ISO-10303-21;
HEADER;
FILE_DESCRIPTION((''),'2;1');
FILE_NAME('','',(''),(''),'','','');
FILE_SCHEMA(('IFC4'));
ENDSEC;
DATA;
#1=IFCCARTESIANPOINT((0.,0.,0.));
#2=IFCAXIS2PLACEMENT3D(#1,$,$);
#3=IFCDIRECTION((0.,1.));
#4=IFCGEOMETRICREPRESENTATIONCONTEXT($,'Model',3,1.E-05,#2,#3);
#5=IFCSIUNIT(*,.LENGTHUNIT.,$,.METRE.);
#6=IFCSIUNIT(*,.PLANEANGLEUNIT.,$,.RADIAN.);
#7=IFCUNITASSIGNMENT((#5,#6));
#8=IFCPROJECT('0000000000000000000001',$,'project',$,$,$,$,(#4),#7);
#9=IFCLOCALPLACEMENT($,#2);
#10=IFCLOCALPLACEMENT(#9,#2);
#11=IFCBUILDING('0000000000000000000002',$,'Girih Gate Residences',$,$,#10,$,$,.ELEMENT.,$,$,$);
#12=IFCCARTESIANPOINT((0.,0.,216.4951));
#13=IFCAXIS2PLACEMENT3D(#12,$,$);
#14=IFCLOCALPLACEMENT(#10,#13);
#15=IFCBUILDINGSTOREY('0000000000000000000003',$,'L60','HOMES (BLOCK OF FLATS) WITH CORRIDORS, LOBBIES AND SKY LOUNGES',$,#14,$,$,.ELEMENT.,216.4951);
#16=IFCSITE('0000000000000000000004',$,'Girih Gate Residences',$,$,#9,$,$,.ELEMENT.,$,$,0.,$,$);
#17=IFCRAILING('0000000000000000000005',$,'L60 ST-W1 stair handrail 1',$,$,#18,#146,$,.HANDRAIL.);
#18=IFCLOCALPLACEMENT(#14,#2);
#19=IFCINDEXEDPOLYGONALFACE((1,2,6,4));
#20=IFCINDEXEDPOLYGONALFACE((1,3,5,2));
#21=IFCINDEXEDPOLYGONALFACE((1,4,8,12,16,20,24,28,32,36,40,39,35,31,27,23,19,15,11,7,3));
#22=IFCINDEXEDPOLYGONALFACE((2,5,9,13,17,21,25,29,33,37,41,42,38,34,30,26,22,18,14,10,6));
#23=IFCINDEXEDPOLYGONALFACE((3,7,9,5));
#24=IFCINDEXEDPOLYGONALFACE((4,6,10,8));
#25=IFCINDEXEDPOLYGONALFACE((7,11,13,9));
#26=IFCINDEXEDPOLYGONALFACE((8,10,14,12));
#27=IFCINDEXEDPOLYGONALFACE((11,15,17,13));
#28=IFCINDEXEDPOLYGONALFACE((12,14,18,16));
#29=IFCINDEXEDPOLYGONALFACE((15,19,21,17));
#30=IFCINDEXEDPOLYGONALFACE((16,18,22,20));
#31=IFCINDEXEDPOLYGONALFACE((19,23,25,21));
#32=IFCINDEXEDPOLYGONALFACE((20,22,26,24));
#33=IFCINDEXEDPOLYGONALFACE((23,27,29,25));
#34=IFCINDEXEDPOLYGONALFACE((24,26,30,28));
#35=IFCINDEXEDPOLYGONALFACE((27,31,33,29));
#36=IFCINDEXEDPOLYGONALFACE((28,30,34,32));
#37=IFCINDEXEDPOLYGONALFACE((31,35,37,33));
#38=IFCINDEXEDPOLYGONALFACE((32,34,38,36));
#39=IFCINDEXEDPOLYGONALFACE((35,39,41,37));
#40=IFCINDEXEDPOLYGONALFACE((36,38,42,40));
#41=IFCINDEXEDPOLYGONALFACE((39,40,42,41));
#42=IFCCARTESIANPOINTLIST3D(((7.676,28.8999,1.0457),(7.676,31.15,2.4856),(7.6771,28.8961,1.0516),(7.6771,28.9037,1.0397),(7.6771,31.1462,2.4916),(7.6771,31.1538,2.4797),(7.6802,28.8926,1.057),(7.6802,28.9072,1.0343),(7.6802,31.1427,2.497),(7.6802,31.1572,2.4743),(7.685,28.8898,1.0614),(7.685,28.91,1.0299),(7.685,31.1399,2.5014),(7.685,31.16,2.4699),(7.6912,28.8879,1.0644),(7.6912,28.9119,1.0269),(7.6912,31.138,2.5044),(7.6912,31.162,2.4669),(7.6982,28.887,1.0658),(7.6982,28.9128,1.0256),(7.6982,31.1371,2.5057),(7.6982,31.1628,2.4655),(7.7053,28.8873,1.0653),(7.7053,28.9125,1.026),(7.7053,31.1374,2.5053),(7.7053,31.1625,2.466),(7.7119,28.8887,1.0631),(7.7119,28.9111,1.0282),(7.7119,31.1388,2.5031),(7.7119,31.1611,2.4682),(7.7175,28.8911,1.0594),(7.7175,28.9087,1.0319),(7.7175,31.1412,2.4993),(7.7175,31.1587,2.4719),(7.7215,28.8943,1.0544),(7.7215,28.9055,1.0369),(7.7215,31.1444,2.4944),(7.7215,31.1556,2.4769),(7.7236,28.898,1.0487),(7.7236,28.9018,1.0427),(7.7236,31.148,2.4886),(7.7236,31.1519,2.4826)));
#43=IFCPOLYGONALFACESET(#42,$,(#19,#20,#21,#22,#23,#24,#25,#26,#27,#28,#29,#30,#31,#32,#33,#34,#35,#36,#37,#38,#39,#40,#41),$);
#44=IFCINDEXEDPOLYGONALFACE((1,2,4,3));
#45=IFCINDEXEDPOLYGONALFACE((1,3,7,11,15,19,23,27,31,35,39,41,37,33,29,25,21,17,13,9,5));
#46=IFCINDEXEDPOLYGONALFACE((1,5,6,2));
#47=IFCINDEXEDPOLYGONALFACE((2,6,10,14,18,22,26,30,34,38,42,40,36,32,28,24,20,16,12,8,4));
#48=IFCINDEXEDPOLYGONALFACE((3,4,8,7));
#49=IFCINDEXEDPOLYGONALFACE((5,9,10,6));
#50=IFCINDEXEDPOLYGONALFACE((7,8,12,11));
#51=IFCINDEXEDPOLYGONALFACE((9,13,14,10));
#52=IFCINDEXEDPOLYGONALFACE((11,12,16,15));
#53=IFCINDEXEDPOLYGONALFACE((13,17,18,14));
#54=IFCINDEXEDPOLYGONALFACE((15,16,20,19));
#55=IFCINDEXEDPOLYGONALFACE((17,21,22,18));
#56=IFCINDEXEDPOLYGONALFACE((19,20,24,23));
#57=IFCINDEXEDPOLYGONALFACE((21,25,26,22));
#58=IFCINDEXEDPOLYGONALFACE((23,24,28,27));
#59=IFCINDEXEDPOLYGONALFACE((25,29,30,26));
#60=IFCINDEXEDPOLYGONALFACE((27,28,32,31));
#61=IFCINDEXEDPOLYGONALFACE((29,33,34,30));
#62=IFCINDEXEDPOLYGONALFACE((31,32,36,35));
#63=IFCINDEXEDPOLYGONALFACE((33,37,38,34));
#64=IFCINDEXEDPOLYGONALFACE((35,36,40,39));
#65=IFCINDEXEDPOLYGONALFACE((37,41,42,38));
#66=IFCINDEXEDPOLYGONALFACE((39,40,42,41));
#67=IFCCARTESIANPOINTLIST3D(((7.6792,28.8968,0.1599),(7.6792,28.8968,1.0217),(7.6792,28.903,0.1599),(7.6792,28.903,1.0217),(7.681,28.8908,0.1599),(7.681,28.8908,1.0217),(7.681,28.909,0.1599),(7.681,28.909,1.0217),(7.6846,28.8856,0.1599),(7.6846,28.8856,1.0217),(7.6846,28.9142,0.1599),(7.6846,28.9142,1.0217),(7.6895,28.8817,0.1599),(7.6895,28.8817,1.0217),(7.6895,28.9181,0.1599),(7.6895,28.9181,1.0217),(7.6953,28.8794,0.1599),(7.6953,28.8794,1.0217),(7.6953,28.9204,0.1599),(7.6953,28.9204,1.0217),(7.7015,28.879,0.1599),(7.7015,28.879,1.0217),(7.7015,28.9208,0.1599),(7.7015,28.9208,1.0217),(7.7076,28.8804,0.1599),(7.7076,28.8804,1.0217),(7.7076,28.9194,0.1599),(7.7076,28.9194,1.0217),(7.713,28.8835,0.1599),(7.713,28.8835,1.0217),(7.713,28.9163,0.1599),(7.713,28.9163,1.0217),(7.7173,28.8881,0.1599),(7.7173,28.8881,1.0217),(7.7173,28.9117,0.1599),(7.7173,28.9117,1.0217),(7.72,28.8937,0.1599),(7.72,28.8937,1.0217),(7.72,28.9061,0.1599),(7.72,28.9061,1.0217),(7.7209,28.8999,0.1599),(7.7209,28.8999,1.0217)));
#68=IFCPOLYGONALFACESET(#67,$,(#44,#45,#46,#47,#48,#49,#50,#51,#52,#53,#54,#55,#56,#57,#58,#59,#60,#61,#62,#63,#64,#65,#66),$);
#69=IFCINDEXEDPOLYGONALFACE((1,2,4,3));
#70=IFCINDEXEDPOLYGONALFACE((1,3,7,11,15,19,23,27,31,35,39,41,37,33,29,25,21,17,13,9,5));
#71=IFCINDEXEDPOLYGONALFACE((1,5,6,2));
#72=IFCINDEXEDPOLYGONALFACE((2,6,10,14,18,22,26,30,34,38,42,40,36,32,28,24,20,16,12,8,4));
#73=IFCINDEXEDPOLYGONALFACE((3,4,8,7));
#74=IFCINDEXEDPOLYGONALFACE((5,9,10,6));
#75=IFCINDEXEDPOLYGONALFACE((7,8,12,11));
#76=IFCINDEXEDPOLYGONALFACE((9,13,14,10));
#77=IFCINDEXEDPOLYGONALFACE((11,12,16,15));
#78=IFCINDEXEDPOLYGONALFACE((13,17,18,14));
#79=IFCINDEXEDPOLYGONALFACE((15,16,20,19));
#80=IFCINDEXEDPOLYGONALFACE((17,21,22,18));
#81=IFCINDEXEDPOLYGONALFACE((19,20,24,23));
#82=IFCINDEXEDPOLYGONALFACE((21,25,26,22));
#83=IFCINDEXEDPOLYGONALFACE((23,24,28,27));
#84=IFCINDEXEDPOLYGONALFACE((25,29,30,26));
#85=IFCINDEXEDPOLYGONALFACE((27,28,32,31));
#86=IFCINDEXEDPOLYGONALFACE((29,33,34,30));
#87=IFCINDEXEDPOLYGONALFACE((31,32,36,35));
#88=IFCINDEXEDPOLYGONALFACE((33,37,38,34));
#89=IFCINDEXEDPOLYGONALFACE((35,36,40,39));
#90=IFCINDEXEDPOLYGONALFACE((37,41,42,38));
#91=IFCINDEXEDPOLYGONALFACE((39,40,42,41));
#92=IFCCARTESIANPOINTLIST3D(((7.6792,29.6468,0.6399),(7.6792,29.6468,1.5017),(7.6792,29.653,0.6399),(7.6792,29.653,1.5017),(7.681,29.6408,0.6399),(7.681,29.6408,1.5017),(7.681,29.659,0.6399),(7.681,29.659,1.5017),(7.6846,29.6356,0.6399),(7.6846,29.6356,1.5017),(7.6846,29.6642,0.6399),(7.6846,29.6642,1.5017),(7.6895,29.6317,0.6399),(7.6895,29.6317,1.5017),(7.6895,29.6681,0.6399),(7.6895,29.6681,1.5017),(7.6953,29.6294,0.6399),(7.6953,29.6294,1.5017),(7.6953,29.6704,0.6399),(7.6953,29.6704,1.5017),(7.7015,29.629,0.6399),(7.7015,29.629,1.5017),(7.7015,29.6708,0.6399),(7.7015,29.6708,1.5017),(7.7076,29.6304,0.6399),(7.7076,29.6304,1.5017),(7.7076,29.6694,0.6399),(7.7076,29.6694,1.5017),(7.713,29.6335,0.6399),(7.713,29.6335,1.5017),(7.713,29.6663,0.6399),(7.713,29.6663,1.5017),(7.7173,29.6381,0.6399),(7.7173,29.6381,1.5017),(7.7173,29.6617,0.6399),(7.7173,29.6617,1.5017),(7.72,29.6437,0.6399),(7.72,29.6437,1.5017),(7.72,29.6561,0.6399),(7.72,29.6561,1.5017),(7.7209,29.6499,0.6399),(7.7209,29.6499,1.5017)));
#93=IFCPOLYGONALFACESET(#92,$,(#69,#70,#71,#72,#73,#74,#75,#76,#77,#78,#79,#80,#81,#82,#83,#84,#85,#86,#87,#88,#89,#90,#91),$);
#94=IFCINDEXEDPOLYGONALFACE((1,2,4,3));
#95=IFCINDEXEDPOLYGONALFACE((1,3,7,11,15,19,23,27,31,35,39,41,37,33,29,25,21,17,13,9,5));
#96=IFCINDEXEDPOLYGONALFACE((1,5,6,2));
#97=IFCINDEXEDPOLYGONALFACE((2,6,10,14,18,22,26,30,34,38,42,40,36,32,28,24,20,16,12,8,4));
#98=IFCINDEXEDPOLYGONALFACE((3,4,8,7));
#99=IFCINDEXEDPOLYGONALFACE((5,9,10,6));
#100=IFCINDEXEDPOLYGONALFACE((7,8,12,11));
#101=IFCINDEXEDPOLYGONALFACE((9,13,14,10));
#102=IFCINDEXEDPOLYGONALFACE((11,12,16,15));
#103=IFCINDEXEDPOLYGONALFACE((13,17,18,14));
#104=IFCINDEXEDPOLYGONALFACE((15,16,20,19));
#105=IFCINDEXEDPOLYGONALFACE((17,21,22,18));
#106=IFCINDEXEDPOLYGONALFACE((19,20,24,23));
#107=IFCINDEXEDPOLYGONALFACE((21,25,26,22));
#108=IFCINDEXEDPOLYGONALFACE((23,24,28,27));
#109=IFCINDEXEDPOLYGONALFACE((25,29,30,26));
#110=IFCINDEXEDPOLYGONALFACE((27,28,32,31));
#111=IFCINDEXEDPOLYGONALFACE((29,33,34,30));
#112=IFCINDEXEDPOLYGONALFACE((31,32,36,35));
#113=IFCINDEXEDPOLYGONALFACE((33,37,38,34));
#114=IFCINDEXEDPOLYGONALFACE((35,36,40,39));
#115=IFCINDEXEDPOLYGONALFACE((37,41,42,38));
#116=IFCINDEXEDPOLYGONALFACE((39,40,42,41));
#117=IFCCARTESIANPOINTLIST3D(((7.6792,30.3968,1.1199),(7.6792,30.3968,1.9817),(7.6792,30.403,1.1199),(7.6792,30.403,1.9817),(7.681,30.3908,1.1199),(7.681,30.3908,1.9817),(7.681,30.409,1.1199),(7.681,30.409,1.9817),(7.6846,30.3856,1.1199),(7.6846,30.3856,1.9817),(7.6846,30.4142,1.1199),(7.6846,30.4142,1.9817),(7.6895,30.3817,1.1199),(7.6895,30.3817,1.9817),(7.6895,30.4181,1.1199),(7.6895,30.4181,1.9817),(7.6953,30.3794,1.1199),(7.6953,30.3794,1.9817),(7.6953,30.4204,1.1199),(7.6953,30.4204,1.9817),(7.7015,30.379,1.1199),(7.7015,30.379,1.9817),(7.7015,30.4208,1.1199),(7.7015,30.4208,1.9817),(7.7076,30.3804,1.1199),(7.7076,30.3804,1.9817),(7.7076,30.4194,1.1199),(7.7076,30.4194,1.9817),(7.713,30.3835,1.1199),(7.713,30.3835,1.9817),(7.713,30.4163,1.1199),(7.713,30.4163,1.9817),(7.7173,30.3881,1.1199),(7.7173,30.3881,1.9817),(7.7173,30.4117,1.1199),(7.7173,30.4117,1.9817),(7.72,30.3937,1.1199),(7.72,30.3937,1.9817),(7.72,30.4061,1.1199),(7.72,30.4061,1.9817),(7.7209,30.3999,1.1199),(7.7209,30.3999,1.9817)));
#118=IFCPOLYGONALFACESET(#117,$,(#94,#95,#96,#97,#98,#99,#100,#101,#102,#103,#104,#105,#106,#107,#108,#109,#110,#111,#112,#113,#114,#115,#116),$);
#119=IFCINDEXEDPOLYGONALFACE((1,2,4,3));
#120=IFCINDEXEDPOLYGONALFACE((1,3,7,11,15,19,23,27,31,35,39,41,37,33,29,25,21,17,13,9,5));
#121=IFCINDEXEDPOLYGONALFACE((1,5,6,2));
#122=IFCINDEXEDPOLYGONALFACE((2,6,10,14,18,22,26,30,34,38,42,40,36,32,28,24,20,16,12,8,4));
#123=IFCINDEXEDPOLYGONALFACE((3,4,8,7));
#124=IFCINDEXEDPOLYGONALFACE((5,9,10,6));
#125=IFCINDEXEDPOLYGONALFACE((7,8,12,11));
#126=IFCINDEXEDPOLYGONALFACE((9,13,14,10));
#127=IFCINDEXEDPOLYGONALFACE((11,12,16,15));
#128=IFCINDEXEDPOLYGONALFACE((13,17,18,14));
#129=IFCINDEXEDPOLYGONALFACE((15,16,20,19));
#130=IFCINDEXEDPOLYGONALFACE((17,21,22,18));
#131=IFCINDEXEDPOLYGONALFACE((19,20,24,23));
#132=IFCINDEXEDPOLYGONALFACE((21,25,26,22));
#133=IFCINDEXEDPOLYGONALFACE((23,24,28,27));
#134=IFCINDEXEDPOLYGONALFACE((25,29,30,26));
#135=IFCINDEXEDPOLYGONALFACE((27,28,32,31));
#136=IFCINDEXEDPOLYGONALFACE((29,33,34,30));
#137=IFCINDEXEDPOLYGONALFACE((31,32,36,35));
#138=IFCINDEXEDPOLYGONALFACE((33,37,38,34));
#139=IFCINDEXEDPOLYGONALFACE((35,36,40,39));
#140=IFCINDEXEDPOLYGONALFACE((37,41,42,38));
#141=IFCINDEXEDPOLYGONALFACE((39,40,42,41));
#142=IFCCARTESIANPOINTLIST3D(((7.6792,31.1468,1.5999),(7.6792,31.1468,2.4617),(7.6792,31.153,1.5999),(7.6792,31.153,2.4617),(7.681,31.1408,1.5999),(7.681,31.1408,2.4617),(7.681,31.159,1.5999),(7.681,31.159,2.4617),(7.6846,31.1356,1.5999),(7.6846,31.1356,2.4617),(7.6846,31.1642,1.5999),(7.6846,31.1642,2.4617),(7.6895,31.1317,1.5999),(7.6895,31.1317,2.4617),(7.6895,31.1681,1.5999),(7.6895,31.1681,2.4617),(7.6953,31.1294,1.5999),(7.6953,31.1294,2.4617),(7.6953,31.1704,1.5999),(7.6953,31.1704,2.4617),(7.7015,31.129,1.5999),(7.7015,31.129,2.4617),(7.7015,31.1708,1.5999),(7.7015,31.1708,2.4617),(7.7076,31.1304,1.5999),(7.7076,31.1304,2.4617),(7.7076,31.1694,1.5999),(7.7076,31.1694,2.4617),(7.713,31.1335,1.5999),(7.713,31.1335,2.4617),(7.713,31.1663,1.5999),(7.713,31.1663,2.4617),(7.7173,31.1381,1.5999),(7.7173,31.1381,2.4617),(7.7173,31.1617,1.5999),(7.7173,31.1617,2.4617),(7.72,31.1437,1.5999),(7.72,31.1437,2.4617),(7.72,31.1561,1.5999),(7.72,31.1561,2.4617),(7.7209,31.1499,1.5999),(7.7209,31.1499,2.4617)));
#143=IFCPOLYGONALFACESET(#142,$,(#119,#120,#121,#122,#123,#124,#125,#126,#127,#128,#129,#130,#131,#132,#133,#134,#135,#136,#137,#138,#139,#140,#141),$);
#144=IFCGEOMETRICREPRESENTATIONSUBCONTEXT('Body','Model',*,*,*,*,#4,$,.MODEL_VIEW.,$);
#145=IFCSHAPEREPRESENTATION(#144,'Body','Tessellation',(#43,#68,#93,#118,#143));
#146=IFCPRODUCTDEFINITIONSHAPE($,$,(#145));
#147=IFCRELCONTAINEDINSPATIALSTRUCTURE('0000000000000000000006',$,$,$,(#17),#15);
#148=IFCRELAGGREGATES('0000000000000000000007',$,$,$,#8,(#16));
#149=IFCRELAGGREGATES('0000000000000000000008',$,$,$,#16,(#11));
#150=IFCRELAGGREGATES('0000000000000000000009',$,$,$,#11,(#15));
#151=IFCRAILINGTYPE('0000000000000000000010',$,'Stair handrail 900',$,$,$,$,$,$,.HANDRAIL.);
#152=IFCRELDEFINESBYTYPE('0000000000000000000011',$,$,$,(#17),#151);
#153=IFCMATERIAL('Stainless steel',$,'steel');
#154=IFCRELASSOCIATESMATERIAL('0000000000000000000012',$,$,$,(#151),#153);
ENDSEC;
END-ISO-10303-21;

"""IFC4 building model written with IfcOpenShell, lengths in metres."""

from ifc_helpers import new_model, si_unit, direction, frame, origin, origin_2d, place, context, subcontext, project, spatial, circle, extrude, material, type_object, element, save


model = new_model("IFC4")

# Units and contexts
model_context = context("Model", 3, precision=1e-05, world=origin(), true_north=direction((0.0, 1.0)))
body_context = subcontext(model_context, "Body", "Model", "MODEL_VIEW")
ifc_project = project(units=[si_unit("LENGTHUNIT", "METRE"), si_unit("PLANEANGLEUNIT", "RADIAN")], contexts=[model_context])

# Site, building, storey
site_placement = place(None, origin())
site = spatial("IfcSite", under=ifc_project, at=site_placement, Name="Girih Gate Residences", CompositionType="ELEMENT", RefElevation=0.0)
building_placement = place(site_placement, origin())
building = spatial("IfcBuilding", under=site, at=building_placement, Name="Girih Gate Residences", CompositionType="ELEMENT")
storey_placement = place(building_placement, frame((0.0, 0.0, 216.4951)))
storey = spatial("IfcBuildingStorey", under=building, at=storey_placement, Name="L60", Description="HOMES (BLOCK OF FLATS) WITH CORRIDORS, LOBBIES AND SKY LOUNGES", CompositionType="ELEMENT", Elevation=216.4951)

# Railing
ifc_material_1 = material(Name="Stainless steel", Category="steel")
railing_type_1 = type_object("IfcRailingType", Name="Stair handrail 900", PredefinedType="HANDRAIL", material=ifc_material_1)
railing_1_placement = place(storey_placement, frame((7.7, 28.8999, 0.1599)))
element("IfcRailing", 1, at=railing_1_placement, inside=storey, type_object=railing_type_1, Name="L60 ST-W1 stair handrail 1", PredefinedType="HANDRAIL", context=body_context, shape_type="SweptSolid", body=[
    extrude(circle(Radius=0.0239, at=origin_2d()), frame((0.0, 0.0, 0.8857), z_axis=(0.0, 0.842281, 0.539038), x_axis=(-1.0, 0.0, 0.0)), (0.0, 0.0, 1.0), 2.6714),
    extrude(circle(Radius=0.021, at=origin_2d()), origin(), (0.0, 0.0, 1.0), 0.8618),
    extrude(circle(Radius=0.021, at=origin_2d()), frame((0.0, 0.75, 0.48)), (0.0, 0.0, 1.0), 0.8618),
    extrude(circle(Radius=0.021, at=origin_2d()), frame((0.0, 1.5, 0.96)), (0.0, 0.0, 1.0), 0.8618),
    extrude(circle(Radius=0.021, at=origin_2d()), frame((0.0, 2.25, 1.4399)), (0.0, 0.0, 1.0), 0.8618),
])

save(model, "model.ifc")
